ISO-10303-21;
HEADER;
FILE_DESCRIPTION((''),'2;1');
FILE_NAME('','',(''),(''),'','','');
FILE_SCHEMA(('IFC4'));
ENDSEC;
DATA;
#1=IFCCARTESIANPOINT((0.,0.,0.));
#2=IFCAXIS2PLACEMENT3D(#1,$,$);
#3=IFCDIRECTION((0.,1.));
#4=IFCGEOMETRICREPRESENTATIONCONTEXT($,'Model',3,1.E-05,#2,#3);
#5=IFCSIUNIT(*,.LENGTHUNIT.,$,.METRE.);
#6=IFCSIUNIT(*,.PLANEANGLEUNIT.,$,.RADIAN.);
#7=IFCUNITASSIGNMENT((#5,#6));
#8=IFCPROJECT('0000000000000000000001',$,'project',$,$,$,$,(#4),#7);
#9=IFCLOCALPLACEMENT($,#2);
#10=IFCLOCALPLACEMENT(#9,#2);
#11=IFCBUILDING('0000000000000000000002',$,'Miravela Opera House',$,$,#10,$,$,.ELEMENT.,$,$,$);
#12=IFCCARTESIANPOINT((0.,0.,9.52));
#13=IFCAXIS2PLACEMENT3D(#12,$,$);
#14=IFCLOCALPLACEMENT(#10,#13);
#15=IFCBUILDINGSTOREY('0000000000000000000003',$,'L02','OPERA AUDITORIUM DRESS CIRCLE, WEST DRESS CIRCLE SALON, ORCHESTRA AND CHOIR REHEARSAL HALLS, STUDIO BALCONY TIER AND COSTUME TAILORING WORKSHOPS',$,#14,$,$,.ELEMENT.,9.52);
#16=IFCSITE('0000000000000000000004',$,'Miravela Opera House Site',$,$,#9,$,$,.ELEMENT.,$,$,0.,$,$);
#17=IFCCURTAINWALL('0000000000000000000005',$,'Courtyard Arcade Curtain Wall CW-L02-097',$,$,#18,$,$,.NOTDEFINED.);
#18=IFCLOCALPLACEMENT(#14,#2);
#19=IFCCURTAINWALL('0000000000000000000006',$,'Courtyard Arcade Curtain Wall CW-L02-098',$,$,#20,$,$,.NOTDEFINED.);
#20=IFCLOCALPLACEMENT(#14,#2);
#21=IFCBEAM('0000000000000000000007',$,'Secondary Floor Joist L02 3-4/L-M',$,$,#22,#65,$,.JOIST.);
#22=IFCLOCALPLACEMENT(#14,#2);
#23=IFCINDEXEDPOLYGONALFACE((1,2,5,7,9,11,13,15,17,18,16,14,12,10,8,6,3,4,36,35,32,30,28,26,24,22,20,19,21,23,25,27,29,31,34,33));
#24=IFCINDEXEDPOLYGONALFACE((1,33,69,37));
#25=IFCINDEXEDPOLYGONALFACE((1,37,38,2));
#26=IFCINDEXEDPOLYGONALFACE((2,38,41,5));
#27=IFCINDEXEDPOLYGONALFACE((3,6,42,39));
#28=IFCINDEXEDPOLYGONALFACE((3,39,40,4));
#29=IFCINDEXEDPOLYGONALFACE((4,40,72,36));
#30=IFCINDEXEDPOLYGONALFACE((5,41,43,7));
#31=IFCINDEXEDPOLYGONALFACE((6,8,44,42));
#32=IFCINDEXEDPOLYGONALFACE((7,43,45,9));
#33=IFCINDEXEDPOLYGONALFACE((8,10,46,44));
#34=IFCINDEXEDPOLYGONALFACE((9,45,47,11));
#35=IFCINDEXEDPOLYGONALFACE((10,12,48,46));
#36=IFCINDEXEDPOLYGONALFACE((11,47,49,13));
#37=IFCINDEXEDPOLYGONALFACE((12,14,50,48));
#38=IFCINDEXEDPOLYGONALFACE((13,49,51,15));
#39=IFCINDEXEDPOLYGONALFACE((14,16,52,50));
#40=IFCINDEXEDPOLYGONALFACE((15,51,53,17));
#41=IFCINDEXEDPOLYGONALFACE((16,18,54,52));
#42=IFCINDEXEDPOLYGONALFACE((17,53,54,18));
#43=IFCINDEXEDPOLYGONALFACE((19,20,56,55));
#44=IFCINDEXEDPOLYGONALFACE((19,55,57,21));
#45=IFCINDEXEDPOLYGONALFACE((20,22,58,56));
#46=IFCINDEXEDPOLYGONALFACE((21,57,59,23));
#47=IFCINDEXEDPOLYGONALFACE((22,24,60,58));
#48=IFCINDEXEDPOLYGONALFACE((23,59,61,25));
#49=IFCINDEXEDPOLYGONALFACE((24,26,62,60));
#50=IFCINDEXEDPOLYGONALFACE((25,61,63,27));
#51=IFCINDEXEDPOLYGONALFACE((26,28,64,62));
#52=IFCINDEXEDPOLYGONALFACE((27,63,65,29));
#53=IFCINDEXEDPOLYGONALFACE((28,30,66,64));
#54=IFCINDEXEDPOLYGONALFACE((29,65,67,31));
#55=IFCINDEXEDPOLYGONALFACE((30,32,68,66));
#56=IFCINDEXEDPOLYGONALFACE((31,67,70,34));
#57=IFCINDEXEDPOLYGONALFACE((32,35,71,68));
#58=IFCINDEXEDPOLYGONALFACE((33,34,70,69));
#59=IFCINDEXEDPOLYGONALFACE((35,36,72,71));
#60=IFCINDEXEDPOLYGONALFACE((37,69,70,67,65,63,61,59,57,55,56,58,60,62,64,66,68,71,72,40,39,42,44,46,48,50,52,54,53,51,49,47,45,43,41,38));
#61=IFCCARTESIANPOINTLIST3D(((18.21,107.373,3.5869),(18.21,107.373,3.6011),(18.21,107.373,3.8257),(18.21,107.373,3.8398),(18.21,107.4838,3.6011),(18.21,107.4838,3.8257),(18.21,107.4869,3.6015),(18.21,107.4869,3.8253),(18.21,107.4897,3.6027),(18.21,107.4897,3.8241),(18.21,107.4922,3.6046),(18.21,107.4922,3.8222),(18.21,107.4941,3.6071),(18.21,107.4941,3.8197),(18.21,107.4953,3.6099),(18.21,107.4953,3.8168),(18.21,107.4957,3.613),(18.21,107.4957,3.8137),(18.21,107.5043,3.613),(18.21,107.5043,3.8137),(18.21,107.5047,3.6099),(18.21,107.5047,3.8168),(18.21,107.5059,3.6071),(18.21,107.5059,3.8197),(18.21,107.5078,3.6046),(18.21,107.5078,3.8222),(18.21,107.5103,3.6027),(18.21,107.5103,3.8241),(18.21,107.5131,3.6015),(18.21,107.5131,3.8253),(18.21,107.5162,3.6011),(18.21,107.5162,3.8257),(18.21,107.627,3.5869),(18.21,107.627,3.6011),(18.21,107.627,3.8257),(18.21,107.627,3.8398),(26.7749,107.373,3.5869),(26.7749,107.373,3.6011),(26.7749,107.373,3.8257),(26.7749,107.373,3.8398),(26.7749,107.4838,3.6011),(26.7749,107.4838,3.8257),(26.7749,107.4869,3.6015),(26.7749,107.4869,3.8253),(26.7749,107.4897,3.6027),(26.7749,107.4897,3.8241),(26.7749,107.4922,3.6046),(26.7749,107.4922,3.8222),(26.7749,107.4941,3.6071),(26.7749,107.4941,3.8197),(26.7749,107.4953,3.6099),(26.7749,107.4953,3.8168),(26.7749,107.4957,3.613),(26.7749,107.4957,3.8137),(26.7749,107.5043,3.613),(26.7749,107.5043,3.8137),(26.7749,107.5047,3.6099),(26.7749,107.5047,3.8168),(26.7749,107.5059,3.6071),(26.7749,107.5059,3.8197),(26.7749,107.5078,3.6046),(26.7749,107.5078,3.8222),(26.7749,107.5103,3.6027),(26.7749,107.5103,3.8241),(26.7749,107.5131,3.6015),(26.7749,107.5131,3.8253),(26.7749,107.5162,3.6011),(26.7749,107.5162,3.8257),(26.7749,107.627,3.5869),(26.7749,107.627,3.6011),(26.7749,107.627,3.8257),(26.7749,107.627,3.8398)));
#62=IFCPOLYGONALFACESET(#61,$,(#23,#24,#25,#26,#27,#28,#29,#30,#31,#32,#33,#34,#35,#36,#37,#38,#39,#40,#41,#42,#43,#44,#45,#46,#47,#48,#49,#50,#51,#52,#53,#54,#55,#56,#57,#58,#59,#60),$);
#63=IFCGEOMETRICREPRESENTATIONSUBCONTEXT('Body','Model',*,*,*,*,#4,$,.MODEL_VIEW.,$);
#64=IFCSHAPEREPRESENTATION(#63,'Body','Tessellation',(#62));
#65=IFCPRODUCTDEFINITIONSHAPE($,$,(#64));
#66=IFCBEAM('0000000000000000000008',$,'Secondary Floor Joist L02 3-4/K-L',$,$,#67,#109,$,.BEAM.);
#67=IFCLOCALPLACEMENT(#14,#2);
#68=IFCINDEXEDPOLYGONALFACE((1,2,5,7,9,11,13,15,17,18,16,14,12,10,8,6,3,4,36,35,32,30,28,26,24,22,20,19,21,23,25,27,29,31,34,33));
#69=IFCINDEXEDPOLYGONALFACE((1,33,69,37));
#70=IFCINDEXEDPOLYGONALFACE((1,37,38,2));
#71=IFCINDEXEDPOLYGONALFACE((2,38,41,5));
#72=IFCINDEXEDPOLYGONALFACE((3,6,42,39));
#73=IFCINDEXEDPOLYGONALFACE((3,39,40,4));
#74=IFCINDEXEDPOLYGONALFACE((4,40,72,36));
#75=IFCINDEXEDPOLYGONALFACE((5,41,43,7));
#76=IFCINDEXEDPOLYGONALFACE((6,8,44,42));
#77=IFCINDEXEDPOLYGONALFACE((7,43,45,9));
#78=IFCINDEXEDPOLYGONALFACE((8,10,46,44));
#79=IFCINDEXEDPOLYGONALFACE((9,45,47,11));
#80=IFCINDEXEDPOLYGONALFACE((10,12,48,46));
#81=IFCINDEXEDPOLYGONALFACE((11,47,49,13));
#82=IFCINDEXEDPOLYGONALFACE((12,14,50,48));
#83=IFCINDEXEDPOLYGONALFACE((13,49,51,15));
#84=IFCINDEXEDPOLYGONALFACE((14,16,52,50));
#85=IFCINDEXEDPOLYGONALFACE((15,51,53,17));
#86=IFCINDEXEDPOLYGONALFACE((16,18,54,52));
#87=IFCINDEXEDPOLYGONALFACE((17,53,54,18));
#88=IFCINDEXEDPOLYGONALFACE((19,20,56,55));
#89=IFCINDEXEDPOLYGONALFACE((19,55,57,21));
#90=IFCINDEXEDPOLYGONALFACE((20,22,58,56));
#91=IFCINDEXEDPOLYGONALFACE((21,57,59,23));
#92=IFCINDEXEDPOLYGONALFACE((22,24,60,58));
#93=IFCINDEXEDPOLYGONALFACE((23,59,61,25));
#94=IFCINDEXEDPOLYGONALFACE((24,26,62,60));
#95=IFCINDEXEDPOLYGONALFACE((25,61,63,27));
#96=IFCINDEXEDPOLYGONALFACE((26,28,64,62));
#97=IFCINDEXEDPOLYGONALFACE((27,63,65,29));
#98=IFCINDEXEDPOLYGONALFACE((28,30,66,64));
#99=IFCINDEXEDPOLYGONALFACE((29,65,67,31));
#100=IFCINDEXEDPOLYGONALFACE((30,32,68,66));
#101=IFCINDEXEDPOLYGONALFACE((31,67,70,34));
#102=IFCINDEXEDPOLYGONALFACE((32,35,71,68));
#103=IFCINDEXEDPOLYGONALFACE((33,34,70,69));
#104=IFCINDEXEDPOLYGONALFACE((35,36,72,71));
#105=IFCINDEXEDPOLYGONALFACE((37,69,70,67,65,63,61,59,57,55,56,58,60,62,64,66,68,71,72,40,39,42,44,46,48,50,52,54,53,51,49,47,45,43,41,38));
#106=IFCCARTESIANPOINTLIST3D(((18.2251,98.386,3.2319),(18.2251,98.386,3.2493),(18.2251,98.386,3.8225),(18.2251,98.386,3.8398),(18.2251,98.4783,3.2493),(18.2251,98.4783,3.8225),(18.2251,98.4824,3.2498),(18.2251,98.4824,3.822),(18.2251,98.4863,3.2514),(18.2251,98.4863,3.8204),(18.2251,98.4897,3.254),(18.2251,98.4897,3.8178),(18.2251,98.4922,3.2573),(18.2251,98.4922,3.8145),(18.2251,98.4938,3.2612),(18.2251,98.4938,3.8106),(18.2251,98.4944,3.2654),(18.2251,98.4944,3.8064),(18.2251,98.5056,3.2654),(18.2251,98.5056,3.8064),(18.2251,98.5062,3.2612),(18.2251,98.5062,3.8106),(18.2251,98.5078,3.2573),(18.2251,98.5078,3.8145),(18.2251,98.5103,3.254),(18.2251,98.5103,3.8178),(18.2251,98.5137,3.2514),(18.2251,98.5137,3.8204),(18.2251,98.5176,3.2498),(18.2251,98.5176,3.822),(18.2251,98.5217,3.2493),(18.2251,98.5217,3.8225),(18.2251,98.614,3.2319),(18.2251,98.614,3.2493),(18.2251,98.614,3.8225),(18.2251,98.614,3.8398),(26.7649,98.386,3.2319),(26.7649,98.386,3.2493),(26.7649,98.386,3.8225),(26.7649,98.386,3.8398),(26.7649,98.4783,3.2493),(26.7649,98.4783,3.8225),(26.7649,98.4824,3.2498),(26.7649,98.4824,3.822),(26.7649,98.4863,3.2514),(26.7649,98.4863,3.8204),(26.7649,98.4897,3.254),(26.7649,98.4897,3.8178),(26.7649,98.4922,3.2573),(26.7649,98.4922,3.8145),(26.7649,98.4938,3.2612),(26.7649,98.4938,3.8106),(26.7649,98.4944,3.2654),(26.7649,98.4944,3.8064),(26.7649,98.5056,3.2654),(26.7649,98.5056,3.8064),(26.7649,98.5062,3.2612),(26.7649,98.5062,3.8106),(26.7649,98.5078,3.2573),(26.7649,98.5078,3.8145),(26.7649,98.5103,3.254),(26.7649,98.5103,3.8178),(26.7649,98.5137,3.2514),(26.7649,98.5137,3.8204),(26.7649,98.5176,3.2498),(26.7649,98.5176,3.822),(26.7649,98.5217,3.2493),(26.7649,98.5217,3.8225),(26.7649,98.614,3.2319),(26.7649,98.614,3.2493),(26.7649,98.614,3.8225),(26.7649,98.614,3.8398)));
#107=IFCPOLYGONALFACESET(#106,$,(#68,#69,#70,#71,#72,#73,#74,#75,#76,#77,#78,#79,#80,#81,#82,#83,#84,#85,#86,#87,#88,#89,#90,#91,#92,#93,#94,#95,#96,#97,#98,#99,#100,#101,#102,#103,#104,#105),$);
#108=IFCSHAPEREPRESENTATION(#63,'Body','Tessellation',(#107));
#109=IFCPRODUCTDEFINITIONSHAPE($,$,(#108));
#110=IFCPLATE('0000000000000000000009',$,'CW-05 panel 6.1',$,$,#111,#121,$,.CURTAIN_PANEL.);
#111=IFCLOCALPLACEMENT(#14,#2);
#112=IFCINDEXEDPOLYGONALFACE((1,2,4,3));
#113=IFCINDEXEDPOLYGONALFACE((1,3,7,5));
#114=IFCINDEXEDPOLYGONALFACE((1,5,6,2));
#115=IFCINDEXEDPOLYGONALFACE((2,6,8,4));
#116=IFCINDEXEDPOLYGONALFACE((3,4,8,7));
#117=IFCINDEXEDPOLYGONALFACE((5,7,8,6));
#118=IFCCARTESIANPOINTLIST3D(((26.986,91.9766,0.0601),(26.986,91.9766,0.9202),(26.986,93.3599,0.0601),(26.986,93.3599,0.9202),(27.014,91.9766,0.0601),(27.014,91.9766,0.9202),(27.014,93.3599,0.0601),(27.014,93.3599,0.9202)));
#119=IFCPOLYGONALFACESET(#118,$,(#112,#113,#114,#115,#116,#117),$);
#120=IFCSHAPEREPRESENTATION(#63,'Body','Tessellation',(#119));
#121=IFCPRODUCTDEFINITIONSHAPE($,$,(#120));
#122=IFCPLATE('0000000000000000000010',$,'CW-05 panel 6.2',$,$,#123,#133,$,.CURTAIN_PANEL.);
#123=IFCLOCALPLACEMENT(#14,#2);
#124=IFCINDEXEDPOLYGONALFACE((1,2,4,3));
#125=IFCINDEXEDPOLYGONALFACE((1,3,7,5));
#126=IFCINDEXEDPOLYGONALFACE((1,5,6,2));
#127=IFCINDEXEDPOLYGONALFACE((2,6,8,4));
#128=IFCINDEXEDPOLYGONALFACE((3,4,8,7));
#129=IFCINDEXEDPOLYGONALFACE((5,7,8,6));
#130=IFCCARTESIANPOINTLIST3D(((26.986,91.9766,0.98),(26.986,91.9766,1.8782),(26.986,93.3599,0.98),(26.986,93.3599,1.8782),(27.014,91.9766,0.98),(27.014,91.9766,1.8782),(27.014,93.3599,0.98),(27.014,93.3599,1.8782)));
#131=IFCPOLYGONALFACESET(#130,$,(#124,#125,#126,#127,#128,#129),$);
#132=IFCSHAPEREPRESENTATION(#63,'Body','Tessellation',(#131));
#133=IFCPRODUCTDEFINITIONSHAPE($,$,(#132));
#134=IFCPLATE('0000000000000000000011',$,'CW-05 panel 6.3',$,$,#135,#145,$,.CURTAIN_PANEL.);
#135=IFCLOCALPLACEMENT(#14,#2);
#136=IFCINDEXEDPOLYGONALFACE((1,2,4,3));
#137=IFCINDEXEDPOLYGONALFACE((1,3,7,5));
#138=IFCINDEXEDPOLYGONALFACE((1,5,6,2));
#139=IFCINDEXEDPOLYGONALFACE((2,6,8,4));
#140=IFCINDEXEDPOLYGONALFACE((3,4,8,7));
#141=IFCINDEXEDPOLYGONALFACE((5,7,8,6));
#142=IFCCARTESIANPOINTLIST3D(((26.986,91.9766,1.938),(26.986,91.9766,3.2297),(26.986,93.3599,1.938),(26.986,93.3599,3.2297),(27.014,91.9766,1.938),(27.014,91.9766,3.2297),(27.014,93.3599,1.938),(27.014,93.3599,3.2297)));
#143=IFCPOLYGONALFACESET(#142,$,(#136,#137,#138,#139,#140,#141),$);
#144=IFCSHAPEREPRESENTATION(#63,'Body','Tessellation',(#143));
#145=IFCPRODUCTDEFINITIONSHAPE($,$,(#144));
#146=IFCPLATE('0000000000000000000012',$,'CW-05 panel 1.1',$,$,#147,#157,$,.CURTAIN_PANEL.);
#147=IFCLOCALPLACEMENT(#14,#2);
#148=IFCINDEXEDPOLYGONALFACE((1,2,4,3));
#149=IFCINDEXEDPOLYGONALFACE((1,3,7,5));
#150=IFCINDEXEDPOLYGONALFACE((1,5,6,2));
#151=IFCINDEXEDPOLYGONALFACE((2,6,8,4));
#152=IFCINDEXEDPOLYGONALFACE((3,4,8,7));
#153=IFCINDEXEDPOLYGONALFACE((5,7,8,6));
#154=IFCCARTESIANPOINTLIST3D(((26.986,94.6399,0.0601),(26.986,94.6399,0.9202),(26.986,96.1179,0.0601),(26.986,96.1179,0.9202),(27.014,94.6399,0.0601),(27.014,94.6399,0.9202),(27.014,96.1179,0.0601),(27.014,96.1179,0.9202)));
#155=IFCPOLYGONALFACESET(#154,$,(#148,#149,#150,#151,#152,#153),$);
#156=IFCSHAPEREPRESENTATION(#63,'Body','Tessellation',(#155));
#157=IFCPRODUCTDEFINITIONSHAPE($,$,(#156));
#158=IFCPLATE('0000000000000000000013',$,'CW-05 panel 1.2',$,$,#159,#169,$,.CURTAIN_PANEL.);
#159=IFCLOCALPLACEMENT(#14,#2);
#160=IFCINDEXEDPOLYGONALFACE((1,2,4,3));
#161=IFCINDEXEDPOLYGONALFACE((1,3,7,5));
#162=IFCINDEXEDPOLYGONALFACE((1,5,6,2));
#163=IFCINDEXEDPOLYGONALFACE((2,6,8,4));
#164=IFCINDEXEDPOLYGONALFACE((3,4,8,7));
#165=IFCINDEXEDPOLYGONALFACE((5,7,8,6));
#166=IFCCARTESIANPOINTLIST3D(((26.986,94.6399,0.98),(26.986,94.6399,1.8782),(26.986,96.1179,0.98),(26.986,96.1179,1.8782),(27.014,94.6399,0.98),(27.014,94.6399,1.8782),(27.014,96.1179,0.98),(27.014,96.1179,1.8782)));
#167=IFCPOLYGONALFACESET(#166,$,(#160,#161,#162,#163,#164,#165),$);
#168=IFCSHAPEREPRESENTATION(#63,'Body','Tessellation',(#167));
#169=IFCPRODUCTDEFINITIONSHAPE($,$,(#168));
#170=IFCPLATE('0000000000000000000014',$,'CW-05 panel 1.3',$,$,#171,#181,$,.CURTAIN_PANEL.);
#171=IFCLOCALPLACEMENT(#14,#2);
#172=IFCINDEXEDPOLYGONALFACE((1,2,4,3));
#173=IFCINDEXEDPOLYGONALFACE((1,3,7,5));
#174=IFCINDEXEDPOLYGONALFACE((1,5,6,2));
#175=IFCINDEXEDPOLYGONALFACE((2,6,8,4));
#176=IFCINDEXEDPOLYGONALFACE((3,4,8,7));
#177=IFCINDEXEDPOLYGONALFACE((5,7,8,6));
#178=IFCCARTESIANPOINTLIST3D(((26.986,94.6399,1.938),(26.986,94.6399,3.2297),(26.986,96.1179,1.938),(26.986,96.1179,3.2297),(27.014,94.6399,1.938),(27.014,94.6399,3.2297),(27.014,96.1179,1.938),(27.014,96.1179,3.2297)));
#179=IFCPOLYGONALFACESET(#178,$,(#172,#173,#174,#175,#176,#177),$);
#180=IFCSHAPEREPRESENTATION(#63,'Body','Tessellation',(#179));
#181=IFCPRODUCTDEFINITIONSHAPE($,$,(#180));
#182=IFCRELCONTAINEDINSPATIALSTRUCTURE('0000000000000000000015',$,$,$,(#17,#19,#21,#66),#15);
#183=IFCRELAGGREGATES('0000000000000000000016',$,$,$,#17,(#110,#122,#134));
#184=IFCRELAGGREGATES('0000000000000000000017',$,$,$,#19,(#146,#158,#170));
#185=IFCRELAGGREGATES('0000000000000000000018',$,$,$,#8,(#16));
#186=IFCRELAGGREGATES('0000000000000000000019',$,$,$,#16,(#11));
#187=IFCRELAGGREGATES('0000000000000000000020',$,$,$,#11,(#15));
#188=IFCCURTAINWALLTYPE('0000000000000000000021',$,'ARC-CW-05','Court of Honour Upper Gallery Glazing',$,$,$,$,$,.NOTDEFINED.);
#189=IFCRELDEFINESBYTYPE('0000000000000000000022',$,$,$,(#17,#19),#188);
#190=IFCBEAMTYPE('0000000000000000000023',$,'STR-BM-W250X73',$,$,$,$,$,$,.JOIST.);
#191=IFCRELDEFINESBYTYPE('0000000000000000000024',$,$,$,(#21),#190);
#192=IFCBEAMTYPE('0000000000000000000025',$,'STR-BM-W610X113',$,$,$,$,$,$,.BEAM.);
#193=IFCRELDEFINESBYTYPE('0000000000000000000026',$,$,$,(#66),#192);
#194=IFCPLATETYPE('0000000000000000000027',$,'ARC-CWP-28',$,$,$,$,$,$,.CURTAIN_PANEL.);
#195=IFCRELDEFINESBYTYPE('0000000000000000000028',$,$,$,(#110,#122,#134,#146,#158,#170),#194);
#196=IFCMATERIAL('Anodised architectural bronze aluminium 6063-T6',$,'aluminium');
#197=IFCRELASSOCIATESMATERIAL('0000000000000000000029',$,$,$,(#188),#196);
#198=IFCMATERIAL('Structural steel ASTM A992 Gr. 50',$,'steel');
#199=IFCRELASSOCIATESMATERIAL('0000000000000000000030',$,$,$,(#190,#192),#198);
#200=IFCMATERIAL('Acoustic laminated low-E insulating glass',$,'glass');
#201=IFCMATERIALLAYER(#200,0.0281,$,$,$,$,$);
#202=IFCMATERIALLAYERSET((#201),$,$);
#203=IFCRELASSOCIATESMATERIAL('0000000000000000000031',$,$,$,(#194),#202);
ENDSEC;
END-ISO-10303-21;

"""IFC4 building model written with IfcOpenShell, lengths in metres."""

from ifc_helpers import new_model, si_unit, direction, frame, origin, origin_2d, place, context, subcontext, project, spatial, rectangle, i_section, extrude, material, layer, layer_set, material_profile, profile_set, type_object, element, aggregate, save


model = new_model("IFC4")

# Units and contexts
model_context = context("Model", 3, precision=1e-05, world=origin(), true_north=direction((0.0, 1.0)))
body_context = subcontext(model_context, "Body", "Model", "MODEL_VIEW")
ifc_project = project(units=[si_unit("LENGTHUNIT", "METRE"), si_unit("PLANEANGLEUNIT", "RADIAN")], contexts=[model_context])

# Site, building, storey
site_placement = place(None, origin())
site = spatial("IfcSite", under=ifc_project, at=site_placement, Name="Miravela Opera House Site", CompositionType="ELEMENT", RefElevation=0.0)
building_placement = place(site_placement, origin())
building = spatial("IfcBuilding", under=site, at=building_placement, Name="Miravela Opera House", CompositionType="ELEMENT")
storey_placement = place(building_placement, frame((0.0, 0.0, 9.52)))
storey = spatial("IfcBuildingStorey", under=building, at=storey_placement, Name="L02", Description="OPERA AUDITORIUM DRESS CIRCLE, WEST DRESS CIRCLE SALON, ORCHESTRA AND CHOIR REHEARSAL HALLS, STUDIO BALCONY TIER AND COSTUME TAILORING WORKSHOPS", CompositionType="ELEMENT", Elevation=9.52)

# Curtain walls
ifc_material_1 = material(Name="Anodised architectural bronze aluminium 6063-T6", Category="aluminium")
curtain_wall_type = type_object("IfcCurtainWallType", Name="ARC-CW-05", Description="Court of Honour Upper Gallery Glazing", PredefinedType="NOTDEFINED", material=ifc_material_1)
curtain_wall_1_placement = place(storey_placement, origin())
curtain_wall_1 = element("IfcCurtainWall", 1, at=curtain_wall_1_placement, inside=storey, type_object=curtain_wall_type, Name="Courtyard Arcade Curtain Wall CW-L02-097", PredefinedType="NOTDEFINED")
curtain_wall_2_placement = place(storey_placement, origin())
curtain_wall_2 = element("IfcCurtainWall", 2, at=curtain_wall_2_placement, inside=storey, type_object=curtain_wall_type, Name="Courtyard Arcade Curtain Wall CW-L02-098", PredefinedType="NOTDEFINED")

# Beams
ifc_material_2 = material(Name="Structural steel ASTM A992 Gr. 50", Category="steel")
ifc_material_profile_1 = material_profile(ifc_material_2, i_section(OverallWidth=0.2539, OverallDepth=0.2529, WebThickness=0.0085, FlangeThickness=0.0142, FilletRadius=0.012, at=origin_2d()), Name="W250X73")
ifc_profile_set_1 = profile_set([ifc_material_profile_1])
beam_type_1 = type_object("IfcBeamType", Name="STR-BM-W250X73", PredefinedType="JOIST", material=ifc_profile_set_1)
beam_1_placement = place(storey_placement, frame((18.21, 107.5, 3.7134), z_axis=(1.0, 0.0, 0.0), x_axis=(0.0, 1.0, 0.0)))
element("IfcBeam", 3, at=beam_1_placement, inside=storey, type_object=beam_type_1, Name="Secondary Floor Joist L02 3-4/L-M", PredefinedType="JOIST", context=body_context, shape_type="SweptSolid", body=[
    extrude(i_section(OverallWidth=0.2539, OverallDepth=0.2529, WebThickness=0.0085, FlangeThickness=0.0142, FilletRadius=0.012, at=origin_2d()), origin(), (0.0, 0.0, 1.0), 8.5649),
])
ifc_material_profile_2 = material_profile(ifc_material_2, i_section(OverallWidth=0.228, OverallDepth=0.6079, WebThickness=0.0112, FlangeThickness=0.0173, FilletRadius=0.0161, at=origin_2d()), Name="W610X113")
ifc_profile_set_2 = profile_set([ifc_material_profile_2])
beam_type_2 = type_object("IfcBeamType", Name="STR-BM-W610X113", PredefinedType="BEAM", material=ifc_profile_set_2)
beam_2_placement = place(storey_placement, frame((18.2251, 98.5, 3.5359), z_axis=(1.0, 0.0, 0.0), x_axis=(0.0, 1.0, 0.0)))
element("IfcBeam", 4, at=beam_2_placement, inside=storey, type_object=beam_type_2, Name="Secondary Floor Joist L02 3-4/K-L", PredefinedType="BEAM", context=body_context, shape_type="SweptSolid", body=[
    extrude(i_section(OverallWidth=0.228, OverallDepth=0.6079, WebThickness=0.0112, FlangeThickness=0.0173, FilletRadius=0.0161, at=origin_2d()), origin(), (0.0, 0.0, 1.0), 8.5398),
])

# Plates
ifc_material_3 = material(Name="Acoustic laminated low-E insulating glass", Category="glass")
ifc_layer_1 = layer(ifc_material_3, 0.0281)
ifc_layer_set_1 = layer_set([ifc_layer_1])
plate_type = type_object("IfcPlateType", Name="ARC-CWP-28", PredefinedType="CURTAIN_PANEL", material=ifc_layer_set_1)
plate_1_placement = place(storey_placement, frame((27.0, 92.6682, 0.0601), z_axis=(0.0, 0.0, 1.0), x_axis=(0.0, 1.0, 0.0)))
plate_1 = element("IfcPlate", 5, at=plate_1_placement, type_object=plate_type, Name="CW-05 panel 6.1", PredefinedType="CURTAIN_PANEL", context=body_context, shape_type="SweptSolid", body=[
    extrude(rectangle(XDim=1.3833, YDim=0.0281, at=origin_2d()), origin(), (0.0, 0.0, 1.0), 0.8601),
])
plate_2_placement = place(storey_placement, frame((27.0, 92.6682, 0.98), z_axis=(0.0, 0.0, 1.0), x_axis=(0.0, 1.0, 0.0)))
plate_2 = element("IfcPlate", 6, at=plate_2_placement, type_object=plate_type, Name="CW-05 panel 6.2", PredefinedType="CURTAIN_PANEL", context=body_context, shape_type="SweptSolid", body=[
    extrude(rectangle(XDim=1.3833, YDim=0.0281, at=origin_2d()), origin(), (0.0, 0.0, 1.0), 0.8982),
])
plate_3_placement = place(storey_placement, frame((27.0, 92.6682, 1.938), z_axis=(0.0, 0.0, 1.0), x_axis=(0.0, 1.0, 0.0)))
plate_3 = element("IfcPlate", 7, at=plate_3_placement, type_object=plate_type, Name="CW-05 panel 6.3", PredefinedType="CURTAIN_PANEL", context=body_context, shape_type="SweptSolid", body=[
    extrude(rectangle(XDim=1.3833, YDim=0.0281, at=origin_2d()), origin(), (0.0, 0.0, 1.0), 1.2917),
])
aggregate(curtain_wall_1, [plate_1, plate_2, plate_3])
plate_4_placement = place(storey_placement, frame((27.0, 95.3789, 0.0601), z_axis=(0.0, 0.0, 1.0), x_axis=(0.0, 1.0, 0.0)))
plate_4 = element("IfcPlate", 8, at=plate_4_placement, type_object=plate_type, Name="CW-05 panel 1.1", PredefinedType="CURTAIN_PANEL", context=body_context, shape_type="SweptSolid", body=[
    extrude(rectangle(XDim=1.478, YDim=0.0281, at=origin_2d()), origin(), (0.0, 0.0, 1.0), 0.8601),
])
plate_5_placement = place(storey_placement, frame((27.0, 95.3789, 0.98), z_axis=(0.0, 0.0, 1.0), x_axis=(0.0, 1.0, 0.0)))
plate_5 = element("IfcPlate", 9, at=plate_5_placement, type_object=plate_type, Name="CW-05 panel 1.2", PredefinedType="CURTAIN_PANEL", context=body_context, shape_type="SweptSolid", body=[
    extrude(rectangle(XDim=1.478, YDim=0.0281, at=origin_2d()), origin(), (0.0, 0.0, 1.0), 0.8982),
])
plate_6_placement = place(storey_placement, frame((27.0, 95.3789, 1.938), z_axis=(0.0, 0.0, 1.0), x_axis=(0.0, 1.0, 0.0)))
plate_6 = element("IfcPlate", 10, at=plate_6_placement, type_object=plate_type, Name="CW-05 panel 1.3", PredefinedType="CURTAIN_PANEL", context=body_context, shape_type="SweptSolid", body=[
    extrude(rectangle(XDim=1.478, YDim=0.0281, at=origin_2d()), origin(), (0.0, 0.0, 1.0), 1.2917),
])
aggregate(curtain_wall_2, [plate_4, plate_5, plate_6])

save(model, "model.ifc")
